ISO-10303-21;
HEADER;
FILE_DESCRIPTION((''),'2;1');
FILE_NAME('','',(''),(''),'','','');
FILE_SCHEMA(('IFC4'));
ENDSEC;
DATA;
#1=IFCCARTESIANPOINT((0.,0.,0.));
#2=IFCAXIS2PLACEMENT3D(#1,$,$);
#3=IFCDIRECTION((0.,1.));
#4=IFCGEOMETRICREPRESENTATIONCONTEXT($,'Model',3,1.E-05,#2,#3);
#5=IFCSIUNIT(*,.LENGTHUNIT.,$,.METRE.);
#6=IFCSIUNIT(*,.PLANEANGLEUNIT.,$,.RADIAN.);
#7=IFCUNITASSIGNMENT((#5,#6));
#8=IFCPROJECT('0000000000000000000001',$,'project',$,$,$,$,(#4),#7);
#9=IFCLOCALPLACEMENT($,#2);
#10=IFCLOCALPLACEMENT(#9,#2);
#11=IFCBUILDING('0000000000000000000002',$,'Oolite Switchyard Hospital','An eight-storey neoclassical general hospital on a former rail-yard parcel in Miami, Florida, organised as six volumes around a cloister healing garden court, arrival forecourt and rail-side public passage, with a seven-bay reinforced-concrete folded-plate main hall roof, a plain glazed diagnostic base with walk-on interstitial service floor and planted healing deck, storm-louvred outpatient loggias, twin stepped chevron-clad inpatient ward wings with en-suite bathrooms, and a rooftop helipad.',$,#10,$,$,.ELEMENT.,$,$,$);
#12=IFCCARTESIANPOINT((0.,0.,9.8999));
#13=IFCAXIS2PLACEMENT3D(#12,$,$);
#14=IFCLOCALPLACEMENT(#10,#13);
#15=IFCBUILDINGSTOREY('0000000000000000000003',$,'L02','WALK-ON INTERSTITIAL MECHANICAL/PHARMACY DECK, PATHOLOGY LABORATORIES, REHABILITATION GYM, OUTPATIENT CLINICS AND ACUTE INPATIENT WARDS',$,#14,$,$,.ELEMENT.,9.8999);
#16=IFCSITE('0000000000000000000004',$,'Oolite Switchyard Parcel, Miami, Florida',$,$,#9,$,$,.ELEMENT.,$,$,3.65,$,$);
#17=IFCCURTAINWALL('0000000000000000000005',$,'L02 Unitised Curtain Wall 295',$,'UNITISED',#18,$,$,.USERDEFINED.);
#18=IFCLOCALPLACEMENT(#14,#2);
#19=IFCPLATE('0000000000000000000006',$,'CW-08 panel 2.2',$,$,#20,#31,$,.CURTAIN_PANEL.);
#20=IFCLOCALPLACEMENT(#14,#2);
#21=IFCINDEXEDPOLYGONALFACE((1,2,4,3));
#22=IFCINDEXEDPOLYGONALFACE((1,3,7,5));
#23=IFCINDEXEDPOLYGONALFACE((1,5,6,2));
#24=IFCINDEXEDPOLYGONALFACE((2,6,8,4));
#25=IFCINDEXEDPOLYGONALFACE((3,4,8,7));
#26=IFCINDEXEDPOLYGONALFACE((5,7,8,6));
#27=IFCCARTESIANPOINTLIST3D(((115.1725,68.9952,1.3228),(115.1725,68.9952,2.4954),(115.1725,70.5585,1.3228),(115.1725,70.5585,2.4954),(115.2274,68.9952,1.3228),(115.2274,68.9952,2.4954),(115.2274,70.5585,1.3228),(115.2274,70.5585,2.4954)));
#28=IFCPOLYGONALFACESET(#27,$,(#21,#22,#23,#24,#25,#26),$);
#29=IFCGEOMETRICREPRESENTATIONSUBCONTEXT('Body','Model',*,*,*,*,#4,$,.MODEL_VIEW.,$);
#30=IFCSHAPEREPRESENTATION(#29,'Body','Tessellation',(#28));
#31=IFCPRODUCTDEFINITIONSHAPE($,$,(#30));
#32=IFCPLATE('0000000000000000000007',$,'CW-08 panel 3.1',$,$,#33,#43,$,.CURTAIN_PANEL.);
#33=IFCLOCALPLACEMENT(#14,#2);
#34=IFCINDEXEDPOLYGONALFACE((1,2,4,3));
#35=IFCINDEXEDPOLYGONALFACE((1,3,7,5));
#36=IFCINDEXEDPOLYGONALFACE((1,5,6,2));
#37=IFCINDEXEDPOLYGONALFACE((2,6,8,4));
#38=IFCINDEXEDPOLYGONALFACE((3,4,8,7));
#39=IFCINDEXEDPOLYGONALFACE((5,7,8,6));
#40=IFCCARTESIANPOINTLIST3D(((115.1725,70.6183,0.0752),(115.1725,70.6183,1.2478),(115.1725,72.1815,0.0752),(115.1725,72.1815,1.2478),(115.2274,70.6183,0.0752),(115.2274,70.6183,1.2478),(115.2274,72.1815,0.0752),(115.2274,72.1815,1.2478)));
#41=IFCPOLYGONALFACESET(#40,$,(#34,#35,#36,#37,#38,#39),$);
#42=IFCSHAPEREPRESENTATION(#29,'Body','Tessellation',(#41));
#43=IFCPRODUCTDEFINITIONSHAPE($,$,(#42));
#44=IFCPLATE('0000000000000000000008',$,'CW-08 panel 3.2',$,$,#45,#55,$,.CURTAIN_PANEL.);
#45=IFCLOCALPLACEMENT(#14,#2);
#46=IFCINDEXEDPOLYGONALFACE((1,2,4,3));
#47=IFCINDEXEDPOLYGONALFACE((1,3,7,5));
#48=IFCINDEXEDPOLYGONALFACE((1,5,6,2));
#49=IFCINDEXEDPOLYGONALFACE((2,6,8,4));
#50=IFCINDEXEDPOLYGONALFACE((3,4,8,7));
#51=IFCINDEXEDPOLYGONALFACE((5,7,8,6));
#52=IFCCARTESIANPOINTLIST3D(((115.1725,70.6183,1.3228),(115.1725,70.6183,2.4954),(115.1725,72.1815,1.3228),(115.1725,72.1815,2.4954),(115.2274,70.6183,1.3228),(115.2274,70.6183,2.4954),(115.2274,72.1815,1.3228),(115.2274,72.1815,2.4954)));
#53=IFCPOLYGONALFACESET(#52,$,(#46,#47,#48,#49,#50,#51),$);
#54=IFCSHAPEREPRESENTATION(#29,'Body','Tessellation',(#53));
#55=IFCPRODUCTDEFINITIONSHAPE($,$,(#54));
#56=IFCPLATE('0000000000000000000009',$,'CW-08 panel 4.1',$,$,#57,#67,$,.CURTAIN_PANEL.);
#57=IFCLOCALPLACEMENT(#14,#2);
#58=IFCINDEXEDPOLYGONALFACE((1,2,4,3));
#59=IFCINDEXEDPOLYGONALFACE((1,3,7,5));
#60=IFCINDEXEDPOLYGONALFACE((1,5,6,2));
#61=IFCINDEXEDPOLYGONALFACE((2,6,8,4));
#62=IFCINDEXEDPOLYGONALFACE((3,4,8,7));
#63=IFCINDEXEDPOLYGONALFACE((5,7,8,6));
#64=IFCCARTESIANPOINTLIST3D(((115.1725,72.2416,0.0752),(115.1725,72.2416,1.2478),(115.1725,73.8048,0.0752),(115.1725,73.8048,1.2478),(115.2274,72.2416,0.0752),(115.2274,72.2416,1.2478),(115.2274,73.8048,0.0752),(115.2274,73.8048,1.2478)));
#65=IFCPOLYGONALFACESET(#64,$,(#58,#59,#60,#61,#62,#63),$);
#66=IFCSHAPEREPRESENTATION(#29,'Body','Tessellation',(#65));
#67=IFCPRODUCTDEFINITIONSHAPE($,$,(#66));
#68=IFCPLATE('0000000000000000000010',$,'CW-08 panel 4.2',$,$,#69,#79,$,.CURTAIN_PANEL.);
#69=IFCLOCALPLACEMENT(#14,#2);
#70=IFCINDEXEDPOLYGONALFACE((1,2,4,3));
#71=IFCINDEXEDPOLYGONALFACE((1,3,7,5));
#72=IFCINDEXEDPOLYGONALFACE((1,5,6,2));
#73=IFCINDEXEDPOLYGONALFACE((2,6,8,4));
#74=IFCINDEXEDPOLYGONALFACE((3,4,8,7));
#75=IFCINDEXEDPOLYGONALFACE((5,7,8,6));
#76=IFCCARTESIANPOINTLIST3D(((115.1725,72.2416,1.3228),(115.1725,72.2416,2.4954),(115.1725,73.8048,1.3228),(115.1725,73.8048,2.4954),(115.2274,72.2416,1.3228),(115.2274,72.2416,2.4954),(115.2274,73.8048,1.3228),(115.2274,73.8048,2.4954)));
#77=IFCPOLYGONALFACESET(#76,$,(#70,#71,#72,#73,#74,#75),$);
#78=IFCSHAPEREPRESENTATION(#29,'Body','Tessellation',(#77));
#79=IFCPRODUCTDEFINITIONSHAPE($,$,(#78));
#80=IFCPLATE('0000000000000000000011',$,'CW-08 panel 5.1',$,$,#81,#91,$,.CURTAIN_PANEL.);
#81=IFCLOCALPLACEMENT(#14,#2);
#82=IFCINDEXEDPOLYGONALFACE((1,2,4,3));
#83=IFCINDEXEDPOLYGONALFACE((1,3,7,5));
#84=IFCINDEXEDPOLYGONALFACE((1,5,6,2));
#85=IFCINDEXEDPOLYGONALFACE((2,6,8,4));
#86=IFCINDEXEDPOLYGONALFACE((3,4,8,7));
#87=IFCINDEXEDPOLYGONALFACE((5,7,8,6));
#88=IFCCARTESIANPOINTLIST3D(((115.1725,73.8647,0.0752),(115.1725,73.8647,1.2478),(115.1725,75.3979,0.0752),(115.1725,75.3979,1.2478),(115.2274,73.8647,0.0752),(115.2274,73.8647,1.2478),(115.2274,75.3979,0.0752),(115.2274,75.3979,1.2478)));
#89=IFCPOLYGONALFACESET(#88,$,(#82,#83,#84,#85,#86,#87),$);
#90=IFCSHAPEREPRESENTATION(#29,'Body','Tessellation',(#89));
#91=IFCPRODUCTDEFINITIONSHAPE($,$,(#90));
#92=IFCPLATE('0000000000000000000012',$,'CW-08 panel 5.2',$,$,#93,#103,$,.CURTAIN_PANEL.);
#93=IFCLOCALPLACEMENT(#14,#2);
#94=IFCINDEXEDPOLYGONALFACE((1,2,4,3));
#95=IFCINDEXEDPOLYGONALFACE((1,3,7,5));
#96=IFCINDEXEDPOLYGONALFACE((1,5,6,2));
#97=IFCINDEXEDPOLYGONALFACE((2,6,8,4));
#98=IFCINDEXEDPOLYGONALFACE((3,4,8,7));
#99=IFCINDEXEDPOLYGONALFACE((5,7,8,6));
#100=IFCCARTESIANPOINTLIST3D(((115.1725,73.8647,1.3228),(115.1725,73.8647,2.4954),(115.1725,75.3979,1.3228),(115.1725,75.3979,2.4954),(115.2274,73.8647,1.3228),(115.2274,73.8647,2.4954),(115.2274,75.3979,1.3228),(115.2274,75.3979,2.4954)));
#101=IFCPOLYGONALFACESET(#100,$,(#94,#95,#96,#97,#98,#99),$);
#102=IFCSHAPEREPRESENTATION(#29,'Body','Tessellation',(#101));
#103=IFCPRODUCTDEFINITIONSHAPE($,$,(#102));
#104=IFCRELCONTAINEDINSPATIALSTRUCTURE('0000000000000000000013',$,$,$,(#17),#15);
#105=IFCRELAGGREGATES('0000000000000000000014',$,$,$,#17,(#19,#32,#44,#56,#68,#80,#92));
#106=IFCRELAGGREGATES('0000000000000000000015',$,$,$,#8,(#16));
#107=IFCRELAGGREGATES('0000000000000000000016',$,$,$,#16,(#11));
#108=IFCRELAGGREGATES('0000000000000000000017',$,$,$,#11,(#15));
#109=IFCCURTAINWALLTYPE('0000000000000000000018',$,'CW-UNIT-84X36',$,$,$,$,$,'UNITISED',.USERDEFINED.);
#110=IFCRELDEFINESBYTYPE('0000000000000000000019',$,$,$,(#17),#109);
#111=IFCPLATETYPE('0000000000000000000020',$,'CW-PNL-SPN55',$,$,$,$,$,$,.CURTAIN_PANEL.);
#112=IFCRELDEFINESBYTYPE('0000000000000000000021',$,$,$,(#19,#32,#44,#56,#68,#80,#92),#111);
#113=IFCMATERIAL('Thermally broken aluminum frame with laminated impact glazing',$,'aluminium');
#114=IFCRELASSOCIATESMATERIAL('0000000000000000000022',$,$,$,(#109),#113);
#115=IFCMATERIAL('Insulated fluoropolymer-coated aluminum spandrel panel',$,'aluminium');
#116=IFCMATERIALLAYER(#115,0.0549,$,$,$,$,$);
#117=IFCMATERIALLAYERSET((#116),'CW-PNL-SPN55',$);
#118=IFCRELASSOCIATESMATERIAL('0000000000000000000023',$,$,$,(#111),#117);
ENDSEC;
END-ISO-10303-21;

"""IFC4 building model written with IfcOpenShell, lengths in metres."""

from ifc_helpers import new_model, si_unit, direction, frame, origin, origin_2d, place, context, subcontext, project, spatial, rectangle, extrude, material, layer, layer_set, type_object, element, aggregate, save


model = new_model("IFC4")

# Units and contexts
model_context = context("Model", 3, precision=1e-05, world=origin(), true_north=direction((0.0, 1.0)))
body_context = subcontext(model_context, "Body", "Model", "MODEL_VIEW")
ifc_project = project(units=[si_unit("LENGTHUNIT", "METRE"), si_unit("PLANEANGLEUNIT", "RADIAN")], contexts=[model_context])

# Site, building, storey
site_placement = place(None, origin())
site = spatial("IfcSite", under=ifc_project, at=site_placement, Name="Oolite Switchyard Parcel, Miami, Florida", CompositionType="ELEMENT", RefElevation=3.65)
building_placement = place(site_placement, origin())
building = spatial("IfcBuilding", under=site, at=building_placement, Name="Oolite Switchyard Hospital", Description="An eight-storey neoclassical general hospital on a former rail-yard parcel in Miami, Florida, organised as six volumes around a cloister healing garden court, arrival forecourt and rail-side public passage, with a seven-bay reinforced-concrete folded-plate main hall roof, a plain glazed diagnostic base with walk-on interstitial service floor and planted healing deck, storm-louvred outpatient loggias, twin stepped chevron-clad inpatient ward wings with en-suite bathrooms, and a rooftop helipad.", CompositionType="ELEMENT")
storey_placement = place(building_placement, frame((0.0, 0.0, 9.8999)))
storey = spatial("IfcBuildingStorey", under=building, at=storey_placement, Name="L02", Description="WALK-ON INTERSTITIAL MECHANICAL/PHARMACY DECK, PATHOLOGY LABORATORIES, REHABILITATION GYM, OUTPATIENT CLINICS AND ACUTE INPATIENT WARDS", CompositionType="ELEMENT", Elevation=9.8999)

# Curtain wall, plates
ifc_material_1 = material(Name="Thermally broken aluminum frame with laminated impact glazing", Category="aluminium")
curtain_wall_type = type_object("IfcCurtainWallType", Name="CW-UNIT-84X36", ElementType="UNITISED", PredefinedType="USERDEFINED", material=ifc_material_1)
curtain_wall_placement = place(storey_placement, origin())
curtain_wall = element("IfcCurtainWall", 1, at=curtain_wall_placement, inside=storey, type_object=curtain_wall_type, Name="L02 Unitised Curtain Wall 295", ObjectType="UNITISED", PredefinedType="USERDEFINED")
ifc_material_2 = material(Name="Insulated fluoropolymer-coated aluminum spandrel panel", Category="aluminium")
ifc_layer = layer(ifc_material_2, 0.0549)
ifc_layer_set = layer_set([ifc_layer], Name="CW-PNL-SPN55")
plate_type = type_object("IfcPlateType", Name="CW-PNL-SPN55", PredefinedType="CURTAIN_PANEL", material=ifc_layer_set)
plate_1_placement = place(storey_placement, frame((115.2, 69.7769, 1.3228), z_axis=(0.0, 0.0, 1.0), x_axis=(0.0, 1.0, 0.0)))
plate_1 = element("IfcPlate", 2, at=plate_1_placement, type_object=plate_type, Name="CW-08 panel 2.2", PredefinedType="CURTAIN_PANEL", context=body_context, shape_type="SweptSolid", body=[
    extrude(rectangle(XDim=1.5632, YDim=0.0549, at=origin_2d()), origin(), (0.0, 0.0, 1.0), 1.1726),
])
plate_2_placement = place(storey_placement, frame((115.2, 71.3999, 0.0752), z_axis=(0.0, 0.0, 1.0), x_axis=(0.0, 1.0, 0.0)))
plate_2 = element("IfcPlate", 3, at=plate_2_placement, type_object=plate_type, Name="CW-08 panel 3.1", PredefinedType="CURTAIN_PANEL", context=body_context, shape_type="SweptSolid", body=[
    extrude(rectangle(XDim=1.5632, YDim=0.0549, at=origin_2d()), origin(), (0.0, 0.0, 1.0), 1.1726),
])
plate_3_placement = place(storey_placement, frame((115.2, 71.3999, 1.3228), z_axis=(0.0, 0.0, 1.0), x_axis=(0.0, 1.0, 0.0)))
plate_3 = element("IfcPlate", 4, at=plate_3_placement, type_object=plate_type, Name="CW-08 panel 3.2", PredefinedType="CURTAIN_PANEL", context=body_context, shape_type="SweptSolid", body=[
    extrude(rectangle(XDim=1.5632, YDim=0.0549, at=origin_2d()), origin(), (0.0, 0.0, 1.0), 1.1726),
])
plate_4_placement = place(storey_placement, frame((115.2, 73.0232, 0.0752), z_axis=(0.0, 0.0, 1.0), x_axis=(0.0, 1.0, 0.0)))
plate_4 = element("IfcPlate", 5, at=plate_4_placement, type_object=plate_type, Name="CW-08 panel 4.1", PredefinedType="CURTAIN_PANEL", context=body_context, shape_type="SweptSolid", body=[
    extrude(rectangle(XDim=1.5632, YDim=0.0549, at=origin_2d()), origin(), (0.0, 0.0, 1.0), 1.1726),
])
plate_5_placement = place(storey_placement, frame((115.2, 73.0232, 1.3228), z_axis=(0.0, 0.0, 1.0), x_axis=(0.0, 1.0, 0.0)))
plate_5 = element("IfcPlate", 6, at=plate_5_placement, type_object=plate_type, Name="CW-08 panel 4.2", PredefinedType="CURTAIN_PANEL", context=body_context, shape_type="SweptSolid", body=[
    extrude(rectangle(XDim=1.5632, YDim=0.0549, at=origin_2d()), origin(), (0.0, 0.0, 1.0), 1.1726),
])
plate_6_placement = place(storey_placement, frame((115.2, 74.6313, 0.0752), z_axis=(0.0, 0.0, 1.0), x_axis=(0.0, 1.0, 0.0)))
plate_6 = element("IfcPlate", 7, at=plate_6_placement, type_object=plate_type, Name="CW-08 panel 5.1", PredefinedType="CURTAIN_PANEL", context=body_context, shape_type="SweptSolid", body=[
    extrude(rectangle(XDim=1.5332, YDim=0.0549, at=origin_2d()), origin(), (0.0, 0.0, 1.0), 1.1726),
])
plate_7_placement = place(storey_placement, frame((115.2, 74.6313, 1.3228), z_axis=(0.0, 0.0, 1.0), x_axis=(0.0, 1.0, 0.0)))
plate_7 = element("IfcPlate", 8, at=plate_7_placement, type_object=plate_type, Name="CW-08 panel 5.2", PredefinedType="CURTAIN_PANEL", context=body_context, shape_type="SweptSolid", body=[
    extrude(rectangle(XDim=1.5332, YDim=0.0549, at=origin_2d()), origin(), (0.0, 0.0, 1.0), 1.1726),
])
aggregate(curtain_wall, [plate_1, plate_2, plate_3, plate_4, plate_5, plate_6, plate_7])

save(model, "model.ifc")
